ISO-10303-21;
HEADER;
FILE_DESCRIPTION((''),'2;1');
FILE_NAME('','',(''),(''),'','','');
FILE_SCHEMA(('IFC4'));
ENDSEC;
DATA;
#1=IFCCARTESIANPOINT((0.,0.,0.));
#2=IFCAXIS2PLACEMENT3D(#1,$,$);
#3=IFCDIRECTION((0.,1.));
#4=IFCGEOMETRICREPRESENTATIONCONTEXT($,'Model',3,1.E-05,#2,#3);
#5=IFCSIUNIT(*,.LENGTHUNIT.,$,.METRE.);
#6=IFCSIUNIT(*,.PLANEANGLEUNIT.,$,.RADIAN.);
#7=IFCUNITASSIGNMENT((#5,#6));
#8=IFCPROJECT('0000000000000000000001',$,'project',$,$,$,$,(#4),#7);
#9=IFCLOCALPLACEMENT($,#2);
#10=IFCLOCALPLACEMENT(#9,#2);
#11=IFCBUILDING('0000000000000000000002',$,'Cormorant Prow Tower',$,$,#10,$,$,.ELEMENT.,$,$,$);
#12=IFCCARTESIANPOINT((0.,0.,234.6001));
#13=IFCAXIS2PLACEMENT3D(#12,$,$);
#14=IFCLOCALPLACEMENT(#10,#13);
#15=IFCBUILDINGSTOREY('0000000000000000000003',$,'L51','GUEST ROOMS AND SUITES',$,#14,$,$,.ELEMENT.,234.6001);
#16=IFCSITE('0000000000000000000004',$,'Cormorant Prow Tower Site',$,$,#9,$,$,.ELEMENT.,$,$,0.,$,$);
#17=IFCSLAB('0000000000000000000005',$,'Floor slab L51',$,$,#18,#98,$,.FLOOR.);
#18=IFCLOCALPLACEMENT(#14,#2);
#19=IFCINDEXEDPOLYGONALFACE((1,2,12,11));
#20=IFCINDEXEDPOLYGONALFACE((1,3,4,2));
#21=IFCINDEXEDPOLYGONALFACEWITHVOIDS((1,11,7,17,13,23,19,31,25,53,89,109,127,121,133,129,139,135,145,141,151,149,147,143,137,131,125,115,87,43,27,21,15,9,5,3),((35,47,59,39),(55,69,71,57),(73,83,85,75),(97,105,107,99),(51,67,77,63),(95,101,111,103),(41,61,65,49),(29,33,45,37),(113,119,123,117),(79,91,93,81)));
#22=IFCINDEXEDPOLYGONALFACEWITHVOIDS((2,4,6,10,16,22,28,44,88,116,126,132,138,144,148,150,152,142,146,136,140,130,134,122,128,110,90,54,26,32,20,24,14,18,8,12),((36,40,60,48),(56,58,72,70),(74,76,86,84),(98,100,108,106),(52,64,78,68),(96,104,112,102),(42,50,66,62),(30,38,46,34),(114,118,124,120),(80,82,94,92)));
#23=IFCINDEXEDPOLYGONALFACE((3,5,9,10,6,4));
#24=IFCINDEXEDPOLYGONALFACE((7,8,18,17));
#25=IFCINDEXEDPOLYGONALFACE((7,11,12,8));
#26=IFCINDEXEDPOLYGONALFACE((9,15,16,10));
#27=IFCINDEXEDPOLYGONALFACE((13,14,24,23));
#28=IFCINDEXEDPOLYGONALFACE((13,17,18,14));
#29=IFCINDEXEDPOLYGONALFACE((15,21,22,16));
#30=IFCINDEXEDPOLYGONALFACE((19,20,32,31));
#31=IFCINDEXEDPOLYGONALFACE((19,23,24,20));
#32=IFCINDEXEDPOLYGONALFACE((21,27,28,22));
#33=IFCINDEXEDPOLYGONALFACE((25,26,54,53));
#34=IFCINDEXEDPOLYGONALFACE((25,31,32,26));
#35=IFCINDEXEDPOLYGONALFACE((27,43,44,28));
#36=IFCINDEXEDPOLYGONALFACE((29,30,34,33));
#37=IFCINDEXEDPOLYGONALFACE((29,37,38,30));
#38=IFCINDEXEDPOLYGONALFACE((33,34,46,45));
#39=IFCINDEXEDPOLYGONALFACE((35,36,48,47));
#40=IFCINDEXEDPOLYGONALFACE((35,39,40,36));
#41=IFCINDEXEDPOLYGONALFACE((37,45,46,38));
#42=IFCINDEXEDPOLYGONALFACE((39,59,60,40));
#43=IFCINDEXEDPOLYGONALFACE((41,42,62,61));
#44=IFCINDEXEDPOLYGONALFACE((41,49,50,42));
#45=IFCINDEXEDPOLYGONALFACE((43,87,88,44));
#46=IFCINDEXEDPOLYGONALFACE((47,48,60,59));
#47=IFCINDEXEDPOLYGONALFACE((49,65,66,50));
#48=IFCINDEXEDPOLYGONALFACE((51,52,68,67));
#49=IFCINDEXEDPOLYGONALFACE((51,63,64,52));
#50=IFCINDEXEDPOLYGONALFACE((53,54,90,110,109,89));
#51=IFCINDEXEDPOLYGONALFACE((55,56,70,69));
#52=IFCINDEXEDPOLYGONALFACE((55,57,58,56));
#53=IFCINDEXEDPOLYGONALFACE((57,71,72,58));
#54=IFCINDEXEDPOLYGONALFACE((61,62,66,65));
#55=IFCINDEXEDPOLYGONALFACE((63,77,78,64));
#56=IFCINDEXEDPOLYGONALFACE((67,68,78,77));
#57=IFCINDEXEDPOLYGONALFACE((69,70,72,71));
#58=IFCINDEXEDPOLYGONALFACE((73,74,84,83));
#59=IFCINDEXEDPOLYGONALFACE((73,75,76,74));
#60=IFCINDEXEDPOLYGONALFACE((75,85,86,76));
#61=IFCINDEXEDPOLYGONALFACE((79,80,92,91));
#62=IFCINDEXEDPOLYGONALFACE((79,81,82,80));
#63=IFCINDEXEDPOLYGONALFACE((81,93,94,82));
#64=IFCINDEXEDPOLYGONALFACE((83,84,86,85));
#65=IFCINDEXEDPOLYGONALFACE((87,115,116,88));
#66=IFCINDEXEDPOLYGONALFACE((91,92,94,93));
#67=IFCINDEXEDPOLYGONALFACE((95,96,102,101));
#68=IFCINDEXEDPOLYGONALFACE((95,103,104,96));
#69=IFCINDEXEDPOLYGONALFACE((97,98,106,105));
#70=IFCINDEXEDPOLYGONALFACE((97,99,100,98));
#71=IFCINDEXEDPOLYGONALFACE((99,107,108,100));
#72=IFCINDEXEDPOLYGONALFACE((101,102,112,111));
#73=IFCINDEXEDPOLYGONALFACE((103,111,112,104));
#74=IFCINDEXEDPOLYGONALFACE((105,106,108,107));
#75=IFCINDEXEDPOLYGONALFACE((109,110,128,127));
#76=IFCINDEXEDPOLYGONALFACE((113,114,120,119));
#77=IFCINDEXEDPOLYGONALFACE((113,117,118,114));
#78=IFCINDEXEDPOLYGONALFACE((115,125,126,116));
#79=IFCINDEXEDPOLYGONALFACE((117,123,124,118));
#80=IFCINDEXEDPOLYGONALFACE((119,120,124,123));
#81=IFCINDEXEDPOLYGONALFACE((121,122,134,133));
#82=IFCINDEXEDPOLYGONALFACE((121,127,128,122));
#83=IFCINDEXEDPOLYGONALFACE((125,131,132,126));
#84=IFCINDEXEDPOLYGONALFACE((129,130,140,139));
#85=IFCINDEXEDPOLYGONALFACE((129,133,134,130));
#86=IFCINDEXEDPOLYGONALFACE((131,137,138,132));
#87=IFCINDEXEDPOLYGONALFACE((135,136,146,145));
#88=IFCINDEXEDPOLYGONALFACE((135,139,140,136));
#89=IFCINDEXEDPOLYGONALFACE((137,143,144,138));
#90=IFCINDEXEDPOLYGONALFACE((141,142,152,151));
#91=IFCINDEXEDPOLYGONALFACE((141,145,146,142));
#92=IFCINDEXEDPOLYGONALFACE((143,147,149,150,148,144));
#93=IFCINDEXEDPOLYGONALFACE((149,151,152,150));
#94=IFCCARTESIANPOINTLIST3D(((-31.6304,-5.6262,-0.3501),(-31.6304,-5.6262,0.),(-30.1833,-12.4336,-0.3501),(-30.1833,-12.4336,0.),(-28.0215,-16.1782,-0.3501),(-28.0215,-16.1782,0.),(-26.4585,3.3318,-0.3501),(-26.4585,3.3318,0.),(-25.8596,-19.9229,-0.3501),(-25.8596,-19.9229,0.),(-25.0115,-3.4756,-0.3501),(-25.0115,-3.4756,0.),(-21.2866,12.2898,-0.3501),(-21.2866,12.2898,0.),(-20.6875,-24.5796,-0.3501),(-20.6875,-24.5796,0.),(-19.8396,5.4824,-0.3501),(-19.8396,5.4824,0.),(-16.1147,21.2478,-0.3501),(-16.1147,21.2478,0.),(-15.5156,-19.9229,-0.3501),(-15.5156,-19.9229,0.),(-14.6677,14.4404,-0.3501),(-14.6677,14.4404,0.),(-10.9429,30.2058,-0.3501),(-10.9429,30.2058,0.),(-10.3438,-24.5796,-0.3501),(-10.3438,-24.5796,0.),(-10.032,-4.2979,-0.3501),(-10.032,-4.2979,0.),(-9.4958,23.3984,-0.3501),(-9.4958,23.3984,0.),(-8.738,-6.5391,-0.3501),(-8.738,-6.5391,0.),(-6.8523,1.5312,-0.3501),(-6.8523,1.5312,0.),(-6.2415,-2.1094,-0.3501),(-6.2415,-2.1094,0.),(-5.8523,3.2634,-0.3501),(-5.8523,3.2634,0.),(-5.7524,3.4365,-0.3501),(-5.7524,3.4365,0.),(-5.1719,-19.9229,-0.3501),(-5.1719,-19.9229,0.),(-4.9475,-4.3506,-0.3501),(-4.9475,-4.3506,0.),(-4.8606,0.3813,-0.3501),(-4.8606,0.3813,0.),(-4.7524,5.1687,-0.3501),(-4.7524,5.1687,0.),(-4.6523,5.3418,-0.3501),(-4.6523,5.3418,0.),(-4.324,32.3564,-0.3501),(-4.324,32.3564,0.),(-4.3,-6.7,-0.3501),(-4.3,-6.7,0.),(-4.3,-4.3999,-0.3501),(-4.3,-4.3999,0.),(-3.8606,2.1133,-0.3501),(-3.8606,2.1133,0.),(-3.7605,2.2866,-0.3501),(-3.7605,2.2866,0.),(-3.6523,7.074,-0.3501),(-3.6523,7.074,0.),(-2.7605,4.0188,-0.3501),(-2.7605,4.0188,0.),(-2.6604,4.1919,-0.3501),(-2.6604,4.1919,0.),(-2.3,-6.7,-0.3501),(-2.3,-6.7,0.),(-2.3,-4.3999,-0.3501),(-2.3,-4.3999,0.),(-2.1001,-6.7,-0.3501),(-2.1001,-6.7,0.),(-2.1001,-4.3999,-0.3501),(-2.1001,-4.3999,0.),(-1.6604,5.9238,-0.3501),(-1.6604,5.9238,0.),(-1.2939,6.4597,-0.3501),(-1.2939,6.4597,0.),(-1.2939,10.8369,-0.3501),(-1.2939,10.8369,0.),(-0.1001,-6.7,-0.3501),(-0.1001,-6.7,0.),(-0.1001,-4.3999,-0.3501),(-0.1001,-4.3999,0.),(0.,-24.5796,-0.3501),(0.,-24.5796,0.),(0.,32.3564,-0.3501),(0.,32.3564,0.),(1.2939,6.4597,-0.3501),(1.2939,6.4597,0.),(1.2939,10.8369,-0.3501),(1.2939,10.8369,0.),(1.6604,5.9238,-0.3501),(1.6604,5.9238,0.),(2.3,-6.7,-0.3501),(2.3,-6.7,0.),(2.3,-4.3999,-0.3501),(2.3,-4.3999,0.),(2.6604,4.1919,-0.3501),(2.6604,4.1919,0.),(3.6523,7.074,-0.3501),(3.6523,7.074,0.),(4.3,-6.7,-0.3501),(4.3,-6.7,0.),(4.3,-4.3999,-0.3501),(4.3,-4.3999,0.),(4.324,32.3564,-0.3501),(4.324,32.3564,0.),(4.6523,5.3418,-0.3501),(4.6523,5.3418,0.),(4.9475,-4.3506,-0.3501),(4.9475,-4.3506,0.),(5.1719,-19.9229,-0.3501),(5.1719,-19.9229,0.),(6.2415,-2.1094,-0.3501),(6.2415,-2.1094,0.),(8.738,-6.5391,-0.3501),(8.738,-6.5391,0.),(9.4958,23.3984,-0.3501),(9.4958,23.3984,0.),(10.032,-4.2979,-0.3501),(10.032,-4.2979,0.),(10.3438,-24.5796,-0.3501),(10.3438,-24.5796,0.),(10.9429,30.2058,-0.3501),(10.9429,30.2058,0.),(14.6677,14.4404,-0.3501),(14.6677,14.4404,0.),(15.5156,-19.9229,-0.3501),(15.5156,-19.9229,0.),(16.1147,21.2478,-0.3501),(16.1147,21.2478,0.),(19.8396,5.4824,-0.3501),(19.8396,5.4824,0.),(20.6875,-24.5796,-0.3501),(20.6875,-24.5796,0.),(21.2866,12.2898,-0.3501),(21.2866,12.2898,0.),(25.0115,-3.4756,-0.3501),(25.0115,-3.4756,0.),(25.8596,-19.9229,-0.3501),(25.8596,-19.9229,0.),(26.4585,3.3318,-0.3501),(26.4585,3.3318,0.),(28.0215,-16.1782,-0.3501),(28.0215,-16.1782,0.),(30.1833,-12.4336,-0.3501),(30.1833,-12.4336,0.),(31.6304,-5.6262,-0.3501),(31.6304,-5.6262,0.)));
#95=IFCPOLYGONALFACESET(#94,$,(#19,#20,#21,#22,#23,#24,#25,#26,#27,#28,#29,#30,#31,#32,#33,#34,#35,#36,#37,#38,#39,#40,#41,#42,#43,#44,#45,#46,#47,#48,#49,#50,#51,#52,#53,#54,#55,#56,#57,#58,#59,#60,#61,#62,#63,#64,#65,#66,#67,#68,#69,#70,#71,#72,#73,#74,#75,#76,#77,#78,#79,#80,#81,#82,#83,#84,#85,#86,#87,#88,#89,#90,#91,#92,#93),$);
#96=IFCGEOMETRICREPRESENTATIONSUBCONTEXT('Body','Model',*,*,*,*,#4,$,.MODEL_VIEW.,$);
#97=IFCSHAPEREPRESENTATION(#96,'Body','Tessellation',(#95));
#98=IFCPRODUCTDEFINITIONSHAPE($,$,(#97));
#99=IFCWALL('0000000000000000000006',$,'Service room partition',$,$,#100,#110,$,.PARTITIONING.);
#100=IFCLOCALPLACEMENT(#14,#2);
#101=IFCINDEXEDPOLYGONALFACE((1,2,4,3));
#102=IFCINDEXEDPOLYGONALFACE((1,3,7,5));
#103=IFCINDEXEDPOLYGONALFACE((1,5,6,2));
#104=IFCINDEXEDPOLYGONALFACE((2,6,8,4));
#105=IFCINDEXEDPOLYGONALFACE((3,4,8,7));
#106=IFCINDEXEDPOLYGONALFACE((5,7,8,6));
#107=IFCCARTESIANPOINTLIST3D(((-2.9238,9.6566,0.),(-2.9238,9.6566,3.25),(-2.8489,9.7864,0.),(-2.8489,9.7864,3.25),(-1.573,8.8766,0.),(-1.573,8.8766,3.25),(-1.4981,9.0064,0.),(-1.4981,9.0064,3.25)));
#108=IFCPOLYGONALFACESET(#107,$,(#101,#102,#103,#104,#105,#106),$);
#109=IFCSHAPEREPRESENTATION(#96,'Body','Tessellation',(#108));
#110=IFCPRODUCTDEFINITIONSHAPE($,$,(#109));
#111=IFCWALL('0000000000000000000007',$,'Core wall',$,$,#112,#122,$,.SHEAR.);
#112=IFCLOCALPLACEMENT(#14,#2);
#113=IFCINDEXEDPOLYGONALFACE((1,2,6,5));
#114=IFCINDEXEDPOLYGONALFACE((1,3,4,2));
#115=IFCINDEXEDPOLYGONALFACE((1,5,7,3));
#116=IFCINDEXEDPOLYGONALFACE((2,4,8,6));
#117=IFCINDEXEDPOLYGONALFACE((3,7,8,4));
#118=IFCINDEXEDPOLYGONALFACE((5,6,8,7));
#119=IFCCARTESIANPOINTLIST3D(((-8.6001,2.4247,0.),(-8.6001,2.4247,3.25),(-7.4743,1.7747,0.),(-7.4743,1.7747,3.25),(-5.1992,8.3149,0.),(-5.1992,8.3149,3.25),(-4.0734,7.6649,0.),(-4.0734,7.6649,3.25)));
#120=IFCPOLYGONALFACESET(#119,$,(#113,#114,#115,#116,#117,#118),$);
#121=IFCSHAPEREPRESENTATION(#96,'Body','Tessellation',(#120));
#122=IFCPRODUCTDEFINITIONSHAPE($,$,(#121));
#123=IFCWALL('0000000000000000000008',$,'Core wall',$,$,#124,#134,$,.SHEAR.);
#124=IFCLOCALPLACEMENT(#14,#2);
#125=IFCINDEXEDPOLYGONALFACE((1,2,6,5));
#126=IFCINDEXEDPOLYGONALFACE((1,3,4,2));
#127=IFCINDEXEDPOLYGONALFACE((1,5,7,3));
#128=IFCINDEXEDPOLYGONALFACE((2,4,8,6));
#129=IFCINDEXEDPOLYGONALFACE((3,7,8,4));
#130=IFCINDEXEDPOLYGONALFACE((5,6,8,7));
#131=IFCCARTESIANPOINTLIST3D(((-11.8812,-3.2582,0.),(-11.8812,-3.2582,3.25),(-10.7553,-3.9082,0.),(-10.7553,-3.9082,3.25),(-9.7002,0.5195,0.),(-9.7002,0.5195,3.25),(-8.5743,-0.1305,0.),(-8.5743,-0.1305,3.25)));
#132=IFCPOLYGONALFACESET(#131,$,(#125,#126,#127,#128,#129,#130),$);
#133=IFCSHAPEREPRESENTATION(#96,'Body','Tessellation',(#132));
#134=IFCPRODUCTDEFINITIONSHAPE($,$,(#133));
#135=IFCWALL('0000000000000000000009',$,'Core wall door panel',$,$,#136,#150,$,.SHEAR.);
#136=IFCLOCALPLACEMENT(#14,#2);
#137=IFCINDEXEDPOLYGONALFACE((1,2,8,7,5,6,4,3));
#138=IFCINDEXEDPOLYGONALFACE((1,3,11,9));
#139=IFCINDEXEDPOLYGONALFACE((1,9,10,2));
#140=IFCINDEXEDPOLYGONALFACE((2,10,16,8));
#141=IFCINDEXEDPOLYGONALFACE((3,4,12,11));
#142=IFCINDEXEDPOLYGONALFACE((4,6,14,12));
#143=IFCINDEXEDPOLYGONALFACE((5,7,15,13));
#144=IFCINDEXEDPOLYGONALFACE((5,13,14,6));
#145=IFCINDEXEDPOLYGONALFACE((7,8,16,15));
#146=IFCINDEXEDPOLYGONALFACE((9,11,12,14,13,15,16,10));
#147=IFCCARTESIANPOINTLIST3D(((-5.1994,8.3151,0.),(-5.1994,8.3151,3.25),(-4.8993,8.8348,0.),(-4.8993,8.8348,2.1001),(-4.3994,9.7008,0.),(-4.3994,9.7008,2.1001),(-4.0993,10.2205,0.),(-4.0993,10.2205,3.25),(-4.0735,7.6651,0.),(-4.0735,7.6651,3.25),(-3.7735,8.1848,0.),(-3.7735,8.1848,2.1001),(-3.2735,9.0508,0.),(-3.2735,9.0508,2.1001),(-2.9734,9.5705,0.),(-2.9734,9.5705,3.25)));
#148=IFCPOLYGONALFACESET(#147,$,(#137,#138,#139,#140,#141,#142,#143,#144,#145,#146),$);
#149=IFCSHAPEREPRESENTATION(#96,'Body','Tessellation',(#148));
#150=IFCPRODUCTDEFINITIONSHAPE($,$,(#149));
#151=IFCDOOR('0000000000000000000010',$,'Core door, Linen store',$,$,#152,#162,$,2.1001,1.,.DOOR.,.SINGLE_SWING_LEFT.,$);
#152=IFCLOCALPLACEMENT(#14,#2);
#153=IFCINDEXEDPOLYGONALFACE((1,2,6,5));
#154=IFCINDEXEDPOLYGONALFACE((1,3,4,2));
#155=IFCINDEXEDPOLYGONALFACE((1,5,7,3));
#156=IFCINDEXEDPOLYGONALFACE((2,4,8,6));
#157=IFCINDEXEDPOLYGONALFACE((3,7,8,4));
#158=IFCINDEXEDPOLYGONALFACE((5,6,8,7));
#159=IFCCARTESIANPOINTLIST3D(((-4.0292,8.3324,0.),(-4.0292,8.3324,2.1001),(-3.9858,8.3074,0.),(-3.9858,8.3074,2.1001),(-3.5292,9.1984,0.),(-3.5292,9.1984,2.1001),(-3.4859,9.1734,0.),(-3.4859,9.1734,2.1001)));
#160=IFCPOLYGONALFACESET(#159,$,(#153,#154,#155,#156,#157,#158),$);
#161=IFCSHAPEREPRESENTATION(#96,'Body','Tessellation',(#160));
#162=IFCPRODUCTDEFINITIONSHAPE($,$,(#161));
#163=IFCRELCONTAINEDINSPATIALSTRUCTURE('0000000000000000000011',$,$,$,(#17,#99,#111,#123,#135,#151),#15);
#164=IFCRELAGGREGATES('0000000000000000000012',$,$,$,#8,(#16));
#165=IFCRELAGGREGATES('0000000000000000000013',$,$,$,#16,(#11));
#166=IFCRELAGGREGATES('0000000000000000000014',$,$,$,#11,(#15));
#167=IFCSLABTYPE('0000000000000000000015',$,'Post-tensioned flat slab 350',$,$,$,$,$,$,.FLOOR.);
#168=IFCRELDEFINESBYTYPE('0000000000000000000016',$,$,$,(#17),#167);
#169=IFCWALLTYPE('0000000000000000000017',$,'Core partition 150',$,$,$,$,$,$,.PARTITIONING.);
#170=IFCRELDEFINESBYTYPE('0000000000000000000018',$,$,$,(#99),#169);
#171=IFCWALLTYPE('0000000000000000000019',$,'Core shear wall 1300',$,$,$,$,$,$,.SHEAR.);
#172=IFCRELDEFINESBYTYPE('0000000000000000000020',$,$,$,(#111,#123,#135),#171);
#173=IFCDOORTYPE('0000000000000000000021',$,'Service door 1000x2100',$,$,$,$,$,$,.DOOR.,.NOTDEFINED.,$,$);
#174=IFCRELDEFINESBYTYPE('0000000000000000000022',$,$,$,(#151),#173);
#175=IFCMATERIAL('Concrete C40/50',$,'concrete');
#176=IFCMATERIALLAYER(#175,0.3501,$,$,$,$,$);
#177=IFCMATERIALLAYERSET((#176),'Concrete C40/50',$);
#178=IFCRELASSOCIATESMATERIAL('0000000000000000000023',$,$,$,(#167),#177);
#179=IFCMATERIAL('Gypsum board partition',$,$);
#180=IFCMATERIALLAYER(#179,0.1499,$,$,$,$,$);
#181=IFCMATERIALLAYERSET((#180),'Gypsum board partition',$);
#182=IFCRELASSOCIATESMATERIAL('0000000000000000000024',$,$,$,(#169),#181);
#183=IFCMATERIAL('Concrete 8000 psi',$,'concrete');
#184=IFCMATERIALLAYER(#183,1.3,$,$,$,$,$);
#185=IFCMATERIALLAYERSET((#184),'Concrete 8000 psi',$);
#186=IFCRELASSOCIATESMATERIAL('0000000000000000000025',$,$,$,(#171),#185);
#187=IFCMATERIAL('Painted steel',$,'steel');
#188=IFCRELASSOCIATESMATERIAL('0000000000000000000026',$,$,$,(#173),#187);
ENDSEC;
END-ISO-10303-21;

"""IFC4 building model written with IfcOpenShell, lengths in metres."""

from ifc_helpers import new_model, si_unit, direction, frame, frame_2d, origin, place, context, subcontext, project, spatial, polyline, rectangle, outline, extrude, material, layer, layer_set, type_object, element, fill, save


model = new_model("IFC4")

# Units and contexts
model_context = context("Model", 3, precision=1e-05, world=origin(), true_north=direction((0.0, 1.0)))
body_context = subcontext(model_context, "Body", "Model", "MODEL_VIEW")
ifc_project = project(units=[si_unit("LENGTHUNIT", "METRE"), si_unit("PLANEANGLEUNIT", "RADIAN")], contexts=[model_context])

# Site, building, storey
site_placement = place(None, origin())
site = spatial("IfcSite", under=ifc_project, at=site_placement, Name="Cormorant Prow Tower Site", CompositionType="ELEMENT", RefElevation=0.0)
building_placement = place(site_placement, origin())
building = spatial("IfcBuilding", under=site, at=building_placement, Name="Cormorant Prow Tower", CompositionType="ELEMENT")
storey_placement = place(building_placement, frame((0.0, 0.0, 234.6001)))
storey = spatial("IfcBuildingStorey", under=building, at=storey_placement, Name="L51", Description="GUEST ROOMS AND SUITES", CompositionType="ELEMENT", Elevation=234.6001)

# Slab
ifc_material_1 = material(Name="Concrete C40/50", Category="concrete")
ifc_layer_1 = layer(ifc_material_1, 0.3501)
ifc_layer_set_1 = layer_set([ifc_layer_1], Name="Concrete C40/50")
slab_type_1 = type_object("IfcSlabType", Name="Post-tensioned flat slab 350", PredefinedType="FLOOR", material=ifc_layer_set_1)
slab_1_placement = place(storey_placement, frame((0.0, 0.0, -0.3501)))
element("IfcSlab", 1, at=slab_1_placement, inside=storey, type_object=slab_type_1, Name="Floor slab L51", PredefinedType="FLOOR", context=body_context, shape_type="SweptSolid", body=[
    extrude(outline(polyline([(-9.4958, 23.3984), (-16.1147, 21.2478), (-14.6677, 14.4404), (-21.2866, 12.2898), (-19.8396, 5.4824), (-26.4585, 3.3318), (-25.0115, -3.4756), (-31.6304, -5.6262), (-30.1833, -12.4336), (-28.0215, -16.1782), (-25.8596, -19.9229), (-20.6875, -24.5796), (-15.5156, -19.9229), (-10.3438, -24.5796), (-5.1719, -19.9229), (0.0, -24.5796), (5.1719, -19.9229), (10.3438, -24.5796), (15.5156, -19.9229), (20.6875, -24.5796), (25.8596, -19.9229), (28.0215, -16.1782), (30.1833, -12.4336), (31.6304, -5.6262), (25.0115, -3.4756), (26.4585, 3.3318), (19.8396, 5.4824), (21.2866, 12.2898), (14.6677, 14.4404), (16.1147, 21.2478), (9.4958, 23.3984), (10.9429, 30.2058), (4.324, 32.3564), (0.0, 32.3564), (-4.324, 32.3564), (-10.9429, 30.2058), (-9.4958, 23.3984)]), holes=[polyline([(-4.3, -4.3999), (-2.3, -4.3999), (-2.3, -6.7), (-4.3, -6.7), (-4.3, -4.3999)]), polyline([(-0.1001, -4.3999), (-0.1001, -6.7), (-2.1001, -6.7), (-2.1001, -4.3999), (-0.1001, -4.3999)]), polyline([(4.3, -6.7), (2.3, -6.7), (2.3, -4.3999), (4.3, -4.3999), (4.3, -6.7)]), polyline([(4.6523, 5.3418), (2.6604, 4.1919), (1.6604, 5.9238), (3.6523, 7.074), (4.6523, 5.3418)]), polyline([(-1.6604, 5.9238), (-2.6604, 4.1919), (-4.6523, 5.3418), (-3.6523, 7.074), (-1.6604, 5.9238)]), polyline([(-3.7605, 2.2866), (-5.7524, 3.4365), (-4.7524, 5.1687), (-2.7605, 4.0188), (-3.7605, 2.2866)]), polyline([(-6.8523, 1.5312), (-5.8523, 3.2634), (-3.8606, 2.1133), (-4.8606, 0.3813), (-6.8523, 1.5312)]), polyline([(-4.9475, -4.3506), (-8.738, -6.5391), (-10.032, -4.2979), (-6.2415, -2.1094), (-4.9475, -4.3506)]), polyline([(10.032, -4.2979), (8.738, -6.5391), (4.9475, -4.3506), (6.2415, -2.1094), (10.032, -4.2979)]), polyline([(1.2939, 10.8369), (1.2939, 6.4597), (-1.2939, 6.4597), (-1.2939, 10.8369), (1.2939, 10.8369)])]), origin(), (0.0, 0.0, 1.0), 0.3501),
])

# Walls
ifc_material_2 = material(Name="Gypsum board partition")
ifc_layer_2 = layer(ifc_material_2, 0.1499)
ifc_layer_set_2 = layer_set([ifc_layer_2], Name="Gypsum board partition")
wall_type_1 = type_object("IfcWallType", Name="Core partition 150", PredefinedType="PARTITIONING", material=ifc_layer_set_2)
wall_1_placement = place(storey_placement, frame((-2.8862, 9.7214, 0.0), z_axis=(0.0, 0.0, 1.0), x_axis=(0.86599, -0.500061, 0.0)))
element("IfcWall", 2, at=wall_1_placement, inside=storey, type_object=wall_type_1, Name="Service room partition", PredefinedType="PARTITIONING", context=body_context, shape_type="SweptSolid", body=[
    extrude(rectangle(XDim=1.5598, YDim=0.1499, at=frame_2d((0.7798, 0.0))), origin(), (0.0, 0.0, 1.0), 3.25),
])
ifc_material_3 = material(Name="Concrete 8000 psi", Category="concrete")
ifc_layer_3 = layer(ifc_material_3, 1.3)
ifc_layer_set_3 = layer_set([ifc_layer_3], Name="Concrete 8000 psi")
wall_type_2 = type_object("IfcWallType", Name="Core shear wall 1300", PredefinedType="SHEAR", material=ifc_layer_set_3)
wall_2_placement = place(storey_placement, frame((-4.6362, 7.99, 0.0), z_axis=(0.0, 0.0, 1.0), x_axis=(-0.500023, -0.866012, 0.0)))
element("IfcWall", 3, at=wall_2_placement, inside=storey, type_object=wall_type_2, Name="Core wall", PredefinedType="SHEAR", context=body_context, shape_type="SweptSolid", body=[
    extrude(rectangle(XDim=6.8015, YDim=1.3, at=frame_2d((3.4009, 0.0))), origin(), (0.0, 0.0, 1.0), 3.25),
])
wall_3_placement = place(storey_placement, frame((-9.1372, 0.1946, 0.0), z_axis=(0.0, 0.0, 1.0), x_axis=(-0.499986, -0.866034, 0.0)))
element("IfcWall", 4, at=wall_3_placement, inside=storey, type_object=wall_type_2, Name="Core wall", PredefinedType="SHEAR", context=body_context, shape_type="SweptSolid", body=[
    extrude(rectangle(XDim=4.3621, YDim=1.3, at=frame_2d((2.1812, 0.0))), origin(), (0.0, 0.0, 1.0), 3.25),
])

# Wall, opening, door
wall_4_placement = place(storey_placement, frame((-3.5364, 9.8955, 0.0), z_axis=(0.0, 0.0, 1.0), x_axis=(-0.499982, -0.866036, 0.0)))
wall_4 = element("IfcWall", 5, at=wall_4_placement, inside=storey, type_object=wall_type_2, Name="Core wall door panel", PredefinedType="SHEAR", context=body_context, shape_type="SweptSolid", body=[
    extrude(rectangle(XDim=2.2002, YDim=1.3, at=frame_2d((1.1001, 0.0))), origin(), (0.0, 0.0, 1.0), 3.25),
])
opening_1_placement = place(wall_4_placement, frame((0.6001, 0.0, 0.0)))
opening_1 = element("IfcOpeningElement", 6, at=opening_1_placement, cuts=wall_4, PredefinedType="OPENING", context=body_context, shape_type="SweptSolid", body=[
    extrude(rectangle(XDim=1.0, YDim=2.1001, at=frame_2d((0.5, 1.05))), frame((0.0, 0.6599, 0.0), z_axis=(0.0, -1.0, 0.0), x_axis=(1.0, 0.0, 0.0)), (0.0, 0.0, 1.0), 1.3201),
])
ifc_material_4 = material(Name="Painted steel", Category="steel")
door_type_1 = type_object("IfcDoorType", Name="Service door 1000x2100", OperationType="NOTDEFINED", PredefinedType="DOOR", material=ifc_material_4)
door_1_placement = place(opening_1_placement, origin())
door_1 = element("IfcDoor", 7, at=door_1_placement, inside=storey, type_object=door_type_1, Name="Core door, Linen store", OperationType="SINGLE_SWING_LEFT", OverallHeight=2.1001, OverallWidth=1.0, PredefinedType="DOOR", context=body_context, shape_type="SweptSolid", body=[
    extrude(rectangle(XDim=1.0, YDim=2.1001, at=frame_2d((0.5, 1.05))), frame((0.0, 0.4048, 0.0), z_axis=(0.0, -1.0, 0.0), x_axis=(1.0, 0.0, 0.0)), (0.0, 0.0, 1.0), 0.05),
])
fill(opening_1, door_1)

save(model, "model.ifc")
